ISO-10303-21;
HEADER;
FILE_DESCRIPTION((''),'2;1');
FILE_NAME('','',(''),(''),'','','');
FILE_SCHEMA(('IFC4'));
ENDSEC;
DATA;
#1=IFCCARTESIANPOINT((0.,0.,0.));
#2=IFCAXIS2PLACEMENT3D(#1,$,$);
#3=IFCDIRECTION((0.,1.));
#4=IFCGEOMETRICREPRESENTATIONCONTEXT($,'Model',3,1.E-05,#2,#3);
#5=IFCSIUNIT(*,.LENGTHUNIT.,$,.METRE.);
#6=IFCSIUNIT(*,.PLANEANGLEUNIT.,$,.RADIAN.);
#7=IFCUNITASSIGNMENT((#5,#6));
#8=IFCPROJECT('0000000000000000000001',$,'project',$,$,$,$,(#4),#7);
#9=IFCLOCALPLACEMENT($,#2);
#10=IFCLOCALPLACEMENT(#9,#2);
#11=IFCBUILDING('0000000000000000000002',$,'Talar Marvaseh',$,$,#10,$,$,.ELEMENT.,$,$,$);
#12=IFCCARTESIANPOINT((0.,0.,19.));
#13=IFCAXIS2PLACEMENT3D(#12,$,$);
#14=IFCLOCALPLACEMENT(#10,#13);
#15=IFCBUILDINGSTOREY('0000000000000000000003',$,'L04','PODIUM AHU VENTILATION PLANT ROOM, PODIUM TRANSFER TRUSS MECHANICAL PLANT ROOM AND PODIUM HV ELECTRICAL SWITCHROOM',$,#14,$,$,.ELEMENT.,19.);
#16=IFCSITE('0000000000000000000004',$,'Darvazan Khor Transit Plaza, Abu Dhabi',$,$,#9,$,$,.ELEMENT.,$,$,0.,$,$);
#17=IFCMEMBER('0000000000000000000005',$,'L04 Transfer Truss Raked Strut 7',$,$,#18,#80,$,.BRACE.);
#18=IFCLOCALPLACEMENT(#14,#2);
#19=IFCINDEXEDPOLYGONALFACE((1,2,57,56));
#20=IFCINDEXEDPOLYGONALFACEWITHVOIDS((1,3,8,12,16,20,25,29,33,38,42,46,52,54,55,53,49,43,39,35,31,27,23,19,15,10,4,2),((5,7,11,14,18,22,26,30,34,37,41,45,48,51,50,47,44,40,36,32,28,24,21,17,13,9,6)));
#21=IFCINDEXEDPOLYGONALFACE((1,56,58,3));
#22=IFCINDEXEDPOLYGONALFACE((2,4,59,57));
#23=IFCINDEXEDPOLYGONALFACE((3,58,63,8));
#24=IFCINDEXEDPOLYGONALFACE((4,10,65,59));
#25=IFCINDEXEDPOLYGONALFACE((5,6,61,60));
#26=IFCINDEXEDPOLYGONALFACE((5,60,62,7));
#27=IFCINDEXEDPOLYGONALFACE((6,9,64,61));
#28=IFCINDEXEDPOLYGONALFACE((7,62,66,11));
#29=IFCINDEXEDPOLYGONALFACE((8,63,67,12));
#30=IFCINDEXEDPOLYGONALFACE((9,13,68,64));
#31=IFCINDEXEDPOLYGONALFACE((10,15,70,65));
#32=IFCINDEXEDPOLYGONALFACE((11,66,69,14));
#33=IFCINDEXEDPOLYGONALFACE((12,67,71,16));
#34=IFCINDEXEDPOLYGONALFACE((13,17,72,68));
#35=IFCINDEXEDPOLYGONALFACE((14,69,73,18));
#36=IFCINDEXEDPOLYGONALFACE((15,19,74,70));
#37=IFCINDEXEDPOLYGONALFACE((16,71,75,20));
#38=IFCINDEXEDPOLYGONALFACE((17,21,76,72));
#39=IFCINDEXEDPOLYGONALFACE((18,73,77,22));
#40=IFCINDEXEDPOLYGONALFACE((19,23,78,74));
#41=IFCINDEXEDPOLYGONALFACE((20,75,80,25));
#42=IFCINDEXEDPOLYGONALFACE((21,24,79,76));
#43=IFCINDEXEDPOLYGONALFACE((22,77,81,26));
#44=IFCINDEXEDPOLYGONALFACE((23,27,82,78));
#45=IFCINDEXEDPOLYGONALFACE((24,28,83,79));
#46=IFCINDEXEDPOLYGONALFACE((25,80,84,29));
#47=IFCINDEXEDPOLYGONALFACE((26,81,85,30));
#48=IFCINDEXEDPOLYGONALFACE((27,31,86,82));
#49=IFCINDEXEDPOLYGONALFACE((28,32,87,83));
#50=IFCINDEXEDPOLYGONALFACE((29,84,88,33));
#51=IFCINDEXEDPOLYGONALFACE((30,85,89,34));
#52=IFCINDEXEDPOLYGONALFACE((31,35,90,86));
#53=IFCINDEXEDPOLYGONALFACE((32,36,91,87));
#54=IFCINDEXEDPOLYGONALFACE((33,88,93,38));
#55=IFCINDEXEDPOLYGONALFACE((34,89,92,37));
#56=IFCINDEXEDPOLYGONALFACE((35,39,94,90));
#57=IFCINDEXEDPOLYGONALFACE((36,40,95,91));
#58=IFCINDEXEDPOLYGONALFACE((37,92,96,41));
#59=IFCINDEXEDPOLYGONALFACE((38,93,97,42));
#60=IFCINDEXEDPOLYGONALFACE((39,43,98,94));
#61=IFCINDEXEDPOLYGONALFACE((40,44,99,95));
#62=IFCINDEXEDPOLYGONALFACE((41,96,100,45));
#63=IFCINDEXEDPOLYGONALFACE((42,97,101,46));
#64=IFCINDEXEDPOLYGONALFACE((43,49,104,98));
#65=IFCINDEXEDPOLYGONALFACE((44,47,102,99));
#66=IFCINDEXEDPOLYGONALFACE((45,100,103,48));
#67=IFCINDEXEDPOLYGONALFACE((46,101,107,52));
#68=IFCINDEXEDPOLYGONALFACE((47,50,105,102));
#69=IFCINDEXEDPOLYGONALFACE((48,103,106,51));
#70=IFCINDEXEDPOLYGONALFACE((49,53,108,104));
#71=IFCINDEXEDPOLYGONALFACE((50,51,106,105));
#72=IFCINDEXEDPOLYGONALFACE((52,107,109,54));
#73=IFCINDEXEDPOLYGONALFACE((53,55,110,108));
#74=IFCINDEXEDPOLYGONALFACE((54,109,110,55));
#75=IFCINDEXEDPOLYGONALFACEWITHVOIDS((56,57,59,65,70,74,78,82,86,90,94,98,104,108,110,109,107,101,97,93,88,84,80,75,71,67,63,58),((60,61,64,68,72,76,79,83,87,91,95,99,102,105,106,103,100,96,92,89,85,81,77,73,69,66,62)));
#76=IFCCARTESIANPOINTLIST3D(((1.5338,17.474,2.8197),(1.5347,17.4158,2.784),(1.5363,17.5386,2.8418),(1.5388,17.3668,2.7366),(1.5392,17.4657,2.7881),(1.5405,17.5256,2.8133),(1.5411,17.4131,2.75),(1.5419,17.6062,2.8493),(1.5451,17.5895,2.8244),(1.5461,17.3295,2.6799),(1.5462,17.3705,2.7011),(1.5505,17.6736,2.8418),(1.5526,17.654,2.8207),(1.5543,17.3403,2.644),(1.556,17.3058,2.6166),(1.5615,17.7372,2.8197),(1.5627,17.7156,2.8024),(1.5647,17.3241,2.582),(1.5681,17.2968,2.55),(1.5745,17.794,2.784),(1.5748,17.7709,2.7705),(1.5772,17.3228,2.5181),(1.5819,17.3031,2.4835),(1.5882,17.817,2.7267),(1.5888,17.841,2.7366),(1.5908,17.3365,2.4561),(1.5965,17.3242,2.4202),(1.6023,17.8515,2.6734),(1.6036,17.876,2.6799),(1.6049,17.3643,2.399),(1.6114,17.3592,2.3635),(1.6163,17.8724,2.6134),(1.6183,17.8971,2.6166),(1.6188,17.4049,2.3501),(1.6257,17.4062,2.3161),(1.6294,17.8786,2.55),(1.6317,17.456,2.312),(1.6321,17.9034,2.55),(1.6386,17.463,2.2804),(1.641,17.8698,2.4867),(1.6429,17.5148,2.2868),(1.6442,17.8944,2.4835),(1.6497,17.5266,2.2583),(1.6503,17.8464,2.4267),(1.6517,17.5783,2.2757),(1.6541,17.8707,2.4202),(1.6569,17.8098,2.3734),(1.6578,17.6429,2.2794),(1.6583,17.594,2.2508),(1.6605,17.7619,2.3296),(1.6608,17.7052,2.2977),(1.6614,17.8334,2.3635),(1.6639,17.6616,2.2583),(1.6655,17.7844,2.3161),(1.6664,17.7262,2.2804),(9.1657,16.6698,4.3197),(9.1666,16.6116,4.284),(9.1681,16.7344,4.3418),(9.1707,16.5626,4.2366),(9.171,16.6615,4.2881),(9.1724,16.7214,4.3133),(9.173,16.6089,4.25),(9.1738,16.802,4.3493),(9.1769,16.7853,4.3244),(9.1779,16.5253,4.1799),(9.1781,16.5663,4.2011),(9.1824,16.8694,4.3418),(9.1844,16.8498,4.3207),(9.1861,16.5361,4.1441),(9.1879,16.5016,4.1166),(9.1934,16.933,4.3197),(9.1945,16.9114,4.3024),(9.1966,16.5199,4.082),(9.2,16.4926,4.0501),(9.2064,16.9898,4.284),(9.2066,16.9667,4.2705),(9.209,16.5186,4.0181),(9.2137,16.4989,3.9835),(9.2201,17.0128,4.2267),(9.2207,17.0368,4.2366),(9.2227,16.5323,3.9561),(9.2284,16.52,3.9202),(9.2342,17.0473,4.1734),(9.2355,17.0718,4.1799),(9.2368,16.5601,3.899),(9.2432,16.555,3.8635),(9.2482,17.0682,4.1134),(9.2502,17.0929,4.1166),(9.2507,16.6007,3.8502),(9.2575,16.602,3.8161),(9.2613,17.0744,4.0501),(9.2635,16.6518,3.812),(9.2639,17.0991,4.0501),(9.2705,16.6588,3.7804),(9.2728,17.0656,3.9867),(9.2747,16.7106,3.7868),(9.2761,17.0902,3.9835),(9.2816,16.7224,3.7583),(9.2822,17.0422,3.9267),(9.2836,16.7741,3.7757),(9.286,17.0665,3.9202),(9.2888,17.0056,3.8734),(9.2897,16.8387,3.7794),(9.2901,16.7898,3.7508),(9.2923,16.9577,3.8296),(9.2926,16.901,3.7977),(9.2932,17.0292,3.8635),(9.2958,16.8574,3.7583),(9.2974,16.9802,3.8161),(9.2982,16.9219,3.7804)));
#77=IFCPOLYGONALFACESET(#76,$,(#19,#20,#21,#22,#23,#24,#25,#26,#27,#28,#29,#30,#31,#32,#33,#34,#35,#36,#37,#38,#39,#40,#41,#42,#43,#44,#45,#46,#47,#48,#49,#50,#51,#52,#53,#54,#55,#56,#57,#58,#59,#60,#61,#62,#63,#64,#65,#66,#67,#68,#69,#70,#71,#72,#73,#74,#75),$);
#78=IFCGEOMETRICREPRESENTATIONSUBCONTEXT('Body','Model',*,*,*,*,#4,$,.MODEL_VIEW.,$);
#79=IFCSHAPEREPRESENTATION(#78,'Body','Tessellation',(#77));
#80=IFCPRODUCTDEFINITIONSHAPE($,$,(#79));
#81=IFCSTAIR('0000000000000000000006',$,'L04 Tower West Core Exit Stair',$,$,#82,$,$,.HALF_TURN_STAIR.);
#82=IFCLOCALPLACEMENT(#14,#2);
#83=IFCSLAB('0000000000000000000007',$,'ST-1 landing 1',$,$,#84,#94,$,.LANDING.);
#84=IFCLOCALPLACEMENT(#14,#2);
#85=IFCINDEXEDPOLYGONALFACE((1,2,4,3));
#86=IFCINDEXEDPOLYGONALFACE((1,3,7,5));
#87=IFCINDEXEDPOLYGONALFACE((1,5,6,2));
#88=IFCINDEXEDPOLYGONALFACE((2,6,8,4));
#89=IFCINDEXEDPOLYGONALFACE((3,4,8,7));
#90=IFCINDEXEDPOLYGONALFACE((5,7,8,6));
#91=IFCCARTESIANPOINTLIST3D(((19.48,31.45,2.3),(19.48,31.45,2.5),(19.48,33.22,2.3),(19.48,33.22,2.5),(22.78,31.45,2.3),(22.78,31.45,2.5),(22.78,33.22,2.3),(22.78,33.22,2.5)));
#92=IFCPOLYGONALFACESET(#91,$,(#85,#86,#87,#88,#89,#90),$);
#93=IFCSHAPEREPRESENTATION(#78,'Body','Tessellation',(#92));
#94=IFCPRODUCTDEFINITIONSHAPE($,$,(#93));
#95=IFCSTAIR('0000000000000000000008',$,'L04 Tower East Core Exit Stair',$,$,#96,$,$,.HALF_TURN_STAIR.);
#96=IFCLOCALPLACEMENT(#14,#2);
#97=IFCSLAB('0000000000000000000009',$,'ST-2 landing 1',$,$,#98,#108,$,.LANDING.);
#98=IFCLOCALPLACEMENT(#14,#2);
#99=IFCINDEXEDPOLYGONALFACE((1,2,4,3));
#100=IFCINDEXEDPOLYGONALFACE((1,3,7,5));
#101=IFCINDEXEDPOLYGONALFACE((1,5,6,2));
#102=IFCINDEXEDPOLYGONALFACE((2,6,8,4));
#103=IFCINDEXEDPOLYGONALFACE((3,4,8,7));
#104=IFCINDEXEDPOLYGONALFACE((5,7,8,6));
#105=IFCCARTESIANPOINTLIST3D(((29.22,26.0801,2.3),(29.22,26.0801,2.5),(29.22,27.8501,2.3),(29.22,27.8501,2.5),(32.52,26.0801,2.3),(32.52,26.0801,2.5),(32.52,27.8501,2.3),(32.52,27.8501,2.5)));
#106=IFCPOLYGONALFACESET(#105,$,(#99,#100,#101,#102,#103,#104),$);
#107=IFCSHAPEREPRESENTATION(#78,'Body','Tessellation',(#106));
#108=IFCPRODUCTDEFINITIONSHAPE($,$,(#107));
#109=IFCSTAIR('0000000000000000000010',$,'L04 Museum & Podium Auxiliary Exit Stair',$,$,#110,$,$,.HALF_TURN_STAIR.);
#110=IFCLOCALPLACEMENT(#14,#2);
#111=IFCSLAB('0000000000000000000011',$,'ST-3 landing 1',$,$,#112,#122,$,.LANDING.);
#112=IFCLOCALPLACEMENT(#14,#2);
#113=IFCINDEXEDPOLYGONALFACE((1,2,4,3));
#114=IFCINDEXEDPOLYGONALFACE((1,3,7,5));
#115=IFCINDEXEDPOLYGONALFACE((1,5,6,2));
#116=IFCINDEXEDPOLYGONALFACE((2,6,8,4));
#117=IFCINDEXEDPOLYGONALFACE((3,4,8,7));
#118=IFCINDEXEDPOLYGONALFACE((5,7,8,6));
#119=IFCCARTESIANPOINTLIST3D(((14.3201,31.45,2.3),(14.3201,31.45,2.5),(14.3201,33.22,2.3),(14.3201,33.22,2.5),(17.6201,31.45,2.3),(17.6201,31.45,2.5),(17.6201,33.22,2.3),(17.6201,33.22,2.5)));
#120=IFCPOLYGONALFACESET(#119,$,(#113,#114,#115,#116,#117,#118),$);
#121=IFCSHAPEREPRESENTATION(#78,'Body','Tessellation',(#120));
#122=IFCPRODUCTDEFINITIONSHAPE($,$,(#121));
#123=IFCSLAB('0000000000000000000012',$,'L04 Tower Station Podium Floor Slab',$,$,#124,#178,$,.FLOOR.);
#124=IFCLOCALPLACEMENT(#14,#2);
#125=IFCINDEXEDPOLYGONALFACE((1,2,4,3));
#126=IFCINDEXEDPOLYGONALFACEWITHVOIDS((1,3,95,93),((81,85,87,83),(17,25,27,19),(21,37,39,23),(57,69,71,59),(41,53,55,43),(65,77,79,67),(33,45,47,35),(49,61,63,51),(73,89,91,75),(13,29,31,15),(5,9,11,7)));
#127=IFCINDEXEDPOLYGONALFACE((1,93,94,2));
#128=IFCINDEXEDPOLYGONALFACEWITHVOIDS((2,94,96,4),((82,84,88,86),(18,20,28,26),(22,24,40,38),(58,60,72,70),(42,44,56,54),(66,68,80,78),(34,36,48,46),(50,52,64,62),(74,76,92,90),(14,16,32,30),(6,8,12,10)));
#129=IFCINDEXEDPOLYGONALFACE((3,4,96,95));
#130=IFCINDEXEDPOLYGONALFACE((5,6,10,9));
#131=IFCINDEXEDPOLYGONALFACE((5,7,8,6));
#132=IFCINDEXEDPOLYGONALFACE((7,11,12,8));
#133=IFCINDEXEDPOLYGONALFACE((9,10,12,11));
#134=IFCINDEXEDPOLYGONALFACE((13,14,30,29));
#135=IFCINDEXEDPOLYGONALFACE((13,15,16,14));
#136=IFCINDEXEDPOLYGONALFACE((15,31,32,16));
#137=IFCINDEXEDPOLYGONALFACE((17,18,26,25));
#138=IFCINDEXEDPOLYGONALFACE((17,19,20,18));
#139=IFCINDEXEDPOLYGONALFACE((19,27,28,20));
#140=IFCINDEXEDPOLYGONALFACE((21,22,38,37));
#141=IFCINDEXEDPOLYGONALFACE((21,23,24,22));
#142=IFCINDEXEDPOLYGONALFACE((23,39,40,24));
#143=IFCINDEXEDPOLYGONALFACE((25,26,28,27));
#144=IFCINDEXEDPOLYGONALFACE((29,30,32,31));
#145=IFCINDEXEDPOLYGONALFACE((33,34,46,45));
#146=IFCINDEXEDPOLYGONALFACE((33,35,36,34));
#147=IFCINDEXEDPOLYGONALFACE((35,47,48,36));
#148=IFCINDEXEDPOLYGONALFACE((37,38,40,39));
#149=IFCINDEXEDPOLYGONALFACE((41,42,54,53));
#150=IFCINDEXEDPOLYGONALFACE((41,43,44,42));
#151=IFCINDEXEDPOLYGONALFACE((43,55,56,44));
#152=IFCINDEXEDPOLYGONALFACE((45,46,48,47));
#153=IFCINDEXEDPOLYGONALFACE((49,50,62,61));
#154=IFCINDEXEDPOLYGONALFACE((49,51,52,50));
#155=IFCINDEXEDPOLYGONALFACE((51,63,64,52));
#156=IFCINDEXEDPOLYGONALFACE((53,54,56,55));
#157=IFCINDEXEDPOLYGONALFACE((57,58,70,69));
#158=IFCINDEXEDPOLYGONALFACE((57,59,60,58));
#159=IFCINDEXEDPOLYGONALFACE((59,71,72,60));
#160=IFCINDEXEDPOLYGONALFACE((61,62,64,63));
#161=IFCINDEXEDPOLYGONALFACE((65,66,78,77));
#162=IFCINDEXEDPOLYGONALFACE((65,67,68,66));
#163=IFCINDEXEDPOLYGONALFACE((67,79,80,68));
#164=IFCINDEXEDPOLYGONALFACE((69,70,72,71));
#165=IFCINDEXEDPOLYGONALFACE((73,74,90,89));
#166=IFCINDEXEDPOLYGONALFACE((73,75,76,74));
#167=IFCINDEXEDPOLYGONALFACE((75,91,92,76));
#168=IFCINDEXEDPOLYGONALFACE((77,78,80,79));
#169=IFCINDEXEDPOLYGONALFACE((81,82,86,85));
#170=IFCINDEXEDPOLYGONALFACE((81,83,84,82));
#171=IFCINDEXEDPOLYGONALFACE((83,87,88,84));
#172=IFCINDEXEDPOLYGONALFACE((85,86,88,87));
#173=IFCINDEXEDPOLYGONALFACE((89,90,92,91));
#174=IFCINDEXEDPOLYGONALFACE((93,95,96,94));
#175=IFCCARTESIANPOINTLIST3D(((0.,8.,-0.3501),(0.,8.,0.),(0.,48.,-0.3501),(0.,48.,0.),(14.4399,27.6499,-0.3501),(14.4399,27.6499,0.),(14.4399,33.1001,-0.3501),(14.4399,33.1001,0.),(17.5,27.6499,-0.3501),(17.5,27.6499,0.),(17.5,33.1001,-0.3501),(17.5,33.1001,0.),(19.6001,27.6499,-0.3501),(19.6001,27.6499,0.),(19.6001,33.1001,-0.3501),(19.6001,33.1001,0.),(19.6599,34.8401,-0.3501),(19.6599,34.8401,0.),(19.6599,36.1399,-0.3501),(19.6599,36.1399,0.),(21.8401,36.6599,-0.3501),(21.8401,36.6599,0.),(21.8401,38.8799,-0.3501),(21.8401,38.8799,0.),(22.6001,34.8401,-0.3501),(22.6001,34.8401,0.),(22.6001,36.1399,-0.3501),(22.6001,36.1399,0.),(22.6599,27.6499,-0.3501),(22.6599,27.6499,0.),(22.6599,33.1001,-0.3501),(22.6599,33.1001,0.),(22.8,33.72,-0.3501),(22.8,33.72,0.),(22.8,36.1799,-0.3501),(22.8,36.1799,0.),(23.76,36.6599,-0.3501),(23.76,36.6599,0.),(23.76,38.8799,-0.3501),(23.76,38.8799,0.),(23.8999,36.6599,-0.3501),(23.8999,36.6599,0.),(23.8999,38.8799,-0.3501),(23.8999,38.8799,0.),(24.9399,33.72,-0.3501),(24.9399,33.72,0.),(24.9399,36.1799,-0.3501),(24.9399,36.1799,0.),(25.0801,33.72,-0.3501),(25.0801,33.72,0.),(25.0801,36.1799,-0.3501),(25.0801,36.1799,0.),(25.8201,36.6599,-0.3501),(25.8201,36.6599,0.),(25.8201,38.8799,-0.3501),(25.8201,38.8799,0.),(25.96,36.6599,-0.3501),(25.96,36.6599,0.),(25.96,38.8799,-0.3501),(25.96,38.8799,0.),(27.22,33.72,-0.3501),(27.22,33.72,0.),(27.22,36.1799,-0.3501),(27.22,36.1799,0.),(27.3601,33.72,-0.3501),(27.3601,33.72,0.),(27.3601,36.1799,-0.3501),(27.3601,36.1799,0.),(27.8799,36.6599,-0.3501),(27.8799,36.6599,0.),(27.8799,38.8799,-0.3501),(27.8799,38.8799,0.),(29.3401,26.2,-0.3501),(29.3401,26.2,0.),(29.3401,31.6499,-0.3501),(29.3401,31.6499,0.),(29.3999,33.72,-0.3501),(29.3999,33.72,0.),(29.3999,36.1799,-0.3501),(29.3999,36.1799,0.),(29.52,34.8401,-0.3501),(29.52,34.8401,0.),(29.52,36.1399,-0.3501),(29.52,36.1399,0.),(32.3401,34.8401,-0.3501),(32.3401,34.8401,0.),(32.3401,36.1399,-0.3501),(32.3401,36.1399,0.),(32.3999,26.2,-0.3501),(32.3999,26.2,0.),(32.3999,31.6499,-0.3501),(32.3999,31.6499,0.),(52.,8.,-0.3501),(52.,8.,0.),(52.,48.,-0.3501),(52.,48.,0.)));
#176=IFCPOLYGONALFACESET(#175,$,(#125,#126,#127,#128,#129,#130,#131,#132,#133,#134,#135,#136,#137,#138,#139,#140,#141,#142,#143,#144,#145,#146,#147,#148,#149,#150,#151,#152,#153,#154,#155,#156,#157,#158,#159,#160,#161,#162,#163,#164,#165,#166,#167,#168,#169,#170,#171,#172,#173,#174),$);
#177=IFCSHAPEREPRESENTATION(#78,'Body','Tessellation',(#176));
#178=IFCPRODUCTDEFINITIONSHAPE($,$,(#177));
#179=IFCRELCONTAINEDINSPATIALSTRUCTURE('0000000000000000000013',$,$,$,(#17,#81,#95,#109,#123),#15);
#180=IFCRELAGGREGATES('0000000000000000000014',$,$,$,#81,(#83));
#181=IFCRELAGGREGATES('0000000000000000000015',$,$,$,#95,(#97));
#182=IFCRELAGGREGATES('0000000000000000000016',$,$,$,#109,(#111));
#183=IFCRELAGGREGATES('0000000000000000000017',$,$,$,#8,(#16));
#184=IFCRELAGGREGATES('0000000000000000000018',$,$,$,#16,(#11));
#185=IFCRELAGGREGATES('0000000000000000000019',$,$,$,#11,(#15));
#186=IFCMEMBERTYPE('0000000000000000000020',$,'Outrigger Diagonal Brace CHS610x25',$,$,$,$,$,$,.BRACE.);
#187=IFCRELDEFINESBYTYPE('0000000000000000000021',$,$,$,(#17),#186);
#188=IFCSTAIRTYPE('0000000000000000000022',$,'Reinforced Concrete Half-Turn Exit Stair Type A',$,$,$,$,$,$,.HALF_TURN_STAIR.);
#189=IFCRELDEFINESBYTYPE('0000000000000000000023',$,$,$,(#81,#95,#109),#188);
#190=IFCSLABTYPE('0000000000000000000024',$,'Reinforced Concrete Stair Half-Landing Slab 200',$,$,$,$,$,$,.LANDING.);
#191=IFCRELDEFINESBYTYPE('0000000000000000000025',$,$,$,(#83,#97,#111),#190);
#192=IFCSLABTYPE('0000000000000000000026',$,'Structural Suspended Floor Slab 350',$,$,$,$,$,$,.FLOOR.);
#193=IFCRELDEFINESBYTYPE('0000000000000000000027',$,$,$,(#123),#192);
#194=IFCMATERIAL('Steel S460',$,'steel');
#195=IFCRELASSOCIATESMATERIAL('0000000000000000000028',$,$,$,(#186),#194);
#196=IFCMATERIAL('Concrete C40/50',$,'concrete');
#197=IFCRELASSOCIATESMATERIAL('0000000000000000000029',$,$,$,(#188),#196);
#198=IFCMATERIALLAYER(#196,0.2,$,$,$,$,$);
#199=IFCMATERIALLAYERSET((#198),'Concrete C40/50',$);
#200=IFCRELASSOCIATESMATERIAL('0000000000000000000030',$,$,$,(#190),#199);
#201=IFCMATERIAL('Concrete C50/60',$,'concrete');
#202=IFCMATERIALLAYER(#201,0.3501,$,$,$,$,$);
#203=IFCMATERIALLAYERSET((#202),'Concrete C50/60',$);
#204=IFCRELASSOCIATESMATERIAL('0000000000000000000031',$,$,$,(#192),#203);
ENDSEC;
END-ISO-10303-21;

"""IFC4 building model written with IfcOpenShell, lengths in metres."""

from ifc_helpers import new_model, si_unit, direction, frame, origin, origin_2d, place, context, subcontext, project, spatial, polyline, hollow_circle, outline, extrude, source, transform, mapped, material, layer, layer_set, material_profile, profile_set, type_object, type_shapes, element, aggregate, save


model = new_model("IFC4")

# Units and contexts
model_context = context("Model", 3, precision=1e-05, world=origin(), true_north=direction((0.0, 1.0)))
body_context = subcontext(model_context, "Body", "Model", "MODEL_VIEW")
ifc_project = project(units=[si_unit("LENGTHUNIT", "METRE"), si_unit("PLANEANGLEUNIT", "RADIAN")], contexts=[model_context])

# Site, building, storey
site_placement = place(None, origin())
site = spatial("IfcSite", under=ifc_project, at=site_placement, Name="Darvazan Khor Transit Plaza, Abu Dhabi", CompositionType="ELEMENT", RefElevation=0.0)
building_placement = place(site_placement, origin())
building = spatial("IfcBuilding", under=site, at=building_placement, Name="Talar Marvaseh", CompositionType="ELEMENT")
storey_placement = place(building_placement, frame((0.0, 0.0, 19.0)))
storey = spatial("IfcBuildingStorey", under=building, at=storey_placement, Name="L04", Description="PODIUM AHU VENTILATION PLANT ROOM, PODIUM TRANSFER TRUSS MECHANICAL PLANT ROOM AND PODIUM HV ELECTRICAL SWITCHROOM", CompositionType="ELEMENT", Elevation=19.0)

# Shared definitions
ifc_material_1 = material(Name="Concrete C50/60", Category="concrete")
ifc_material_2 = material(Name="Steel S460", Category="steel")

# Member
ifc_material_profile_1 = material_profile(ifc_material_2, hollow_circle(Radius=0.3049, WallThickness=0.0249, at=origin_2d()), Name="CHS610x25")
ifc_profile_set_1 = profile_set([ifc_material_profile_1], Name="Steel S460")
member_type_1 = type_object("IfcMemberType", Name="Outrigger Diagonal Brace CHS610x25", PredefinedType="BRACE", material=ifc_profile_set_1)
shared_shape_1 = source(origin(), body_context, "Body", "SweptSolid", [
    extrude(hollow_circle(Radius=0.3049, WallThickness=0.0249, at=origin_2d()), origin(), (0.0, 0.0, 1.0), 7.8193),
])
type_shapes(member_type_1, [shared_shape_1])
member_1_placement = place(storey_placement, frame((1.6001, 17.6001, 2.55), z_axis=(0.976024, -0.102848, 0.191833), x_axis=(0.104794, 0.994494, 0.0)))
element("IfcMember", 1, at=member_1_placement, inside=storey, type_object=member_type_1, Name="L04 Transfer Truss Raked Strut 7", PredefinedType="BRACE", context=body_context, shape_type="MappedRepresentation", body=[
    mapped(shared_shape_1, transform((0.0, 0.0, 0.0), x_axis=(1.0, 0.0, 0.0), y_axis=(0.0, 1.0, 0.0), z_axis=(0.0, 0.0, 1.0), scale=1.0)),
])

# Stairs, slabs
ifc_material_3 = material(Name="Concrete C40/50", Category="concrete")
stair_type = type_object("IfcStairType", Name="Reinforced Concrete Half-Turn Exit Stair Type A", PredefinedType="HALF_TURN_STAIR", material=ifc_material_3)
stair_1_placement = place(storey_placement, origin())
stair_1 = element("IfcStair", 2, at=stair_1_placement, inside=storey, type_object=stair_type, Name="L04 Tower West Core Exit Stair", PredefinedType="HALF_TURN_STAIR")
ifc_layer_1 = layer(ifc_material_3, 0.2)
ifc_layer_set_1 = layer_set([ifc_layer_1], Name="Concrete C40/50")
slab_type_1 = type_object("IfcSlabType", Name="Reinforced Concrete Stair Half-Landing Slab 200", PredefinedType="LANDING", material=ifc_layer_set_1)
slab_1_placement = place(storey_placement, frame((0.0, 0.0, 2.3)))
slab_1 = element("IfcSlab", 3, at=slab_1_placement, type_object=slab_type_1, Name="ST-1 landing 1", PredefinedType="LANDING", context=body_context, shape_type="SweptSolid", body=[
    extrude(outline(polyline([(22.78, 31.45), (22.78, 33.22), (19.48, 33.22), (19.48, 31.45), (22.78, 31.45)])), origin(), (0.0, 0.0, 1.0), 0.2),
])
aggregate(stair_1, [slab_1])
stair_2_placement = place(storey_placement, origin())
stair_2 = element("IfcStair", 4, at=stair_2_placement, inside=storey, type_object=stair_type, Name="L04 Tower East Core Exit Stair", PredefinedType="HALF_TURN_STAIR")
slab_2_placement = place(storey_placement, frame((0.0, 0.0, 2.3)))
slab_2 = element("IfcSlab", 5, at=slab_2_placement, type_object=slab_type_1, Name="ST-2 landing 1", PredefinedType="LANDING", context=body_context, shape_type="SweptSolid", body=[
    extrude(outline(polyline([(29.22, 27.8501), (29.22, 26.0801), (32.52, 26.0801), (32.52, 27.8501), (29.22, 27.8501)])), origin(), (0.0, 0.0, 1.0), 0.2),
])
aggregate(stair_2, [slab_2])
stair_3_placement = place(storey_placement, origin())
stair_3 = element("IfcStair", 6, at=stair_3_placement, inside=storey, type_object=stair_type, Name="L04 Museum & Podium Auxiliary Exit Stair", PredefinedType="HALF_TURN_STAIR")
slab_3_placement = place(storey_placement, frame((0.0, 0.0, 2.3)))
slab_3 = element("IfcSlab", 7, at=slab_3_placement, type_object=slab_type_1, Name="ST-3 landing 1", PredefinedType="LANDING", context=body_context, shape_type="SweptSolid", body=[
    extrude(outline(polyline([(17.6201, 31.45), (17.6201, 33.22), (14.3201, 33.22), (14.3201, 31.45), (17.6201, 31.45)])), origin(), (0.0, 0.0, 1.0), 0.2),
])
aggregate(stair_3, [slab_3])

# Slab
ifc_layer_2 = layer(ifc_material_1, 0.3501)
ifc_layer_set_2 = layer_set([ifc_layer_2], Name="Concrete C50/60")
slab_type_2 = type_object("IfcSlabType", Name="Structural Suspended Floor Slab 350", PredefinedType="FLOOR", material=ifc_layer_set_2)
slab_4_placement = place(storey_placement, frame((0.0, 0.0, -0.3501)))
element("IfcSlab", 8, at=slab_4_placement, inside=storey, type_object=slab_type_2, Name="L04 Tower Station Podium Floor Slab", PredefinedType="FLOOR", context=body_context, shape_type="SweptSolid", body=[
    extrude(outline(polyline([(0.0, 8.0), (52.0, 8.0), (52.0, 48.0), (0.0, 48.0), (0.0, 8.0)]), holes=[polyline([(22.6599, 27.6499), (22.6599, 33.1001), (19.6001, 33.1001), (19.6001, 27.6499), (22.6599, 27.6499)]), polyline([(29.3401, 31.6499), (29.3401, 26.2), (32.3999, 26.2), (32.3999, 31.6499), (29.3401, 31.6499)]), polyline([(17.5, 27.6499), (17.5, 33.1001), (14.4399, 33.1001), (14.4399, 27.6499), (17.5, 27.6499)]), polyline([(22.8, 33.72), (24.9399, 33.72), (24.9399, 36.1799), (22.8, 36.1799), (22.8, 33.72)]), polyline([(25.0801, 33.72), (27.22, 33.72), (27.22, 36.1799), (25.0801, 36.1799), (25.0801, 33.72)]), polyline([(27.3601, 33.72), (29.3999, 33.72), (29.3999, 36.1799), (27.3601, 36.1799), (27.3601, 33.72)]), polyline([(21.8401, 36.6599), (23.76, 36.6599), (23.76, 38.8799), (21.8401, 38.8799), (21.8401, 36.6599)]), polyline([(23.8999, 36.6599), (25.8201, 36.6599), (25.8201, 38.8799), (23.8999, 38.8799), (23.8999, 36.6599)]), polyline([(25.96, 36.6599), (27.8799, 36.6599), (27.8799, 38.8799), (25.96, 38.8799), (25.96, 36.6599)]), polyline([(19.6599, 34.8401), (22.6001, 34.8401), (22.6001, 36.1399), (19.6599, 36.1399), (19.6599, 34.8401)]), polyline([(29.52, 34.8401), (32.3401, 34.8401), (32.3401, 36.1399), (29.52, 36.1399), (29.52, 34.8401)])]), origin(), (0.0, 0.0, 1.0), 0.3501),
])

save(model, "model.ifc")
